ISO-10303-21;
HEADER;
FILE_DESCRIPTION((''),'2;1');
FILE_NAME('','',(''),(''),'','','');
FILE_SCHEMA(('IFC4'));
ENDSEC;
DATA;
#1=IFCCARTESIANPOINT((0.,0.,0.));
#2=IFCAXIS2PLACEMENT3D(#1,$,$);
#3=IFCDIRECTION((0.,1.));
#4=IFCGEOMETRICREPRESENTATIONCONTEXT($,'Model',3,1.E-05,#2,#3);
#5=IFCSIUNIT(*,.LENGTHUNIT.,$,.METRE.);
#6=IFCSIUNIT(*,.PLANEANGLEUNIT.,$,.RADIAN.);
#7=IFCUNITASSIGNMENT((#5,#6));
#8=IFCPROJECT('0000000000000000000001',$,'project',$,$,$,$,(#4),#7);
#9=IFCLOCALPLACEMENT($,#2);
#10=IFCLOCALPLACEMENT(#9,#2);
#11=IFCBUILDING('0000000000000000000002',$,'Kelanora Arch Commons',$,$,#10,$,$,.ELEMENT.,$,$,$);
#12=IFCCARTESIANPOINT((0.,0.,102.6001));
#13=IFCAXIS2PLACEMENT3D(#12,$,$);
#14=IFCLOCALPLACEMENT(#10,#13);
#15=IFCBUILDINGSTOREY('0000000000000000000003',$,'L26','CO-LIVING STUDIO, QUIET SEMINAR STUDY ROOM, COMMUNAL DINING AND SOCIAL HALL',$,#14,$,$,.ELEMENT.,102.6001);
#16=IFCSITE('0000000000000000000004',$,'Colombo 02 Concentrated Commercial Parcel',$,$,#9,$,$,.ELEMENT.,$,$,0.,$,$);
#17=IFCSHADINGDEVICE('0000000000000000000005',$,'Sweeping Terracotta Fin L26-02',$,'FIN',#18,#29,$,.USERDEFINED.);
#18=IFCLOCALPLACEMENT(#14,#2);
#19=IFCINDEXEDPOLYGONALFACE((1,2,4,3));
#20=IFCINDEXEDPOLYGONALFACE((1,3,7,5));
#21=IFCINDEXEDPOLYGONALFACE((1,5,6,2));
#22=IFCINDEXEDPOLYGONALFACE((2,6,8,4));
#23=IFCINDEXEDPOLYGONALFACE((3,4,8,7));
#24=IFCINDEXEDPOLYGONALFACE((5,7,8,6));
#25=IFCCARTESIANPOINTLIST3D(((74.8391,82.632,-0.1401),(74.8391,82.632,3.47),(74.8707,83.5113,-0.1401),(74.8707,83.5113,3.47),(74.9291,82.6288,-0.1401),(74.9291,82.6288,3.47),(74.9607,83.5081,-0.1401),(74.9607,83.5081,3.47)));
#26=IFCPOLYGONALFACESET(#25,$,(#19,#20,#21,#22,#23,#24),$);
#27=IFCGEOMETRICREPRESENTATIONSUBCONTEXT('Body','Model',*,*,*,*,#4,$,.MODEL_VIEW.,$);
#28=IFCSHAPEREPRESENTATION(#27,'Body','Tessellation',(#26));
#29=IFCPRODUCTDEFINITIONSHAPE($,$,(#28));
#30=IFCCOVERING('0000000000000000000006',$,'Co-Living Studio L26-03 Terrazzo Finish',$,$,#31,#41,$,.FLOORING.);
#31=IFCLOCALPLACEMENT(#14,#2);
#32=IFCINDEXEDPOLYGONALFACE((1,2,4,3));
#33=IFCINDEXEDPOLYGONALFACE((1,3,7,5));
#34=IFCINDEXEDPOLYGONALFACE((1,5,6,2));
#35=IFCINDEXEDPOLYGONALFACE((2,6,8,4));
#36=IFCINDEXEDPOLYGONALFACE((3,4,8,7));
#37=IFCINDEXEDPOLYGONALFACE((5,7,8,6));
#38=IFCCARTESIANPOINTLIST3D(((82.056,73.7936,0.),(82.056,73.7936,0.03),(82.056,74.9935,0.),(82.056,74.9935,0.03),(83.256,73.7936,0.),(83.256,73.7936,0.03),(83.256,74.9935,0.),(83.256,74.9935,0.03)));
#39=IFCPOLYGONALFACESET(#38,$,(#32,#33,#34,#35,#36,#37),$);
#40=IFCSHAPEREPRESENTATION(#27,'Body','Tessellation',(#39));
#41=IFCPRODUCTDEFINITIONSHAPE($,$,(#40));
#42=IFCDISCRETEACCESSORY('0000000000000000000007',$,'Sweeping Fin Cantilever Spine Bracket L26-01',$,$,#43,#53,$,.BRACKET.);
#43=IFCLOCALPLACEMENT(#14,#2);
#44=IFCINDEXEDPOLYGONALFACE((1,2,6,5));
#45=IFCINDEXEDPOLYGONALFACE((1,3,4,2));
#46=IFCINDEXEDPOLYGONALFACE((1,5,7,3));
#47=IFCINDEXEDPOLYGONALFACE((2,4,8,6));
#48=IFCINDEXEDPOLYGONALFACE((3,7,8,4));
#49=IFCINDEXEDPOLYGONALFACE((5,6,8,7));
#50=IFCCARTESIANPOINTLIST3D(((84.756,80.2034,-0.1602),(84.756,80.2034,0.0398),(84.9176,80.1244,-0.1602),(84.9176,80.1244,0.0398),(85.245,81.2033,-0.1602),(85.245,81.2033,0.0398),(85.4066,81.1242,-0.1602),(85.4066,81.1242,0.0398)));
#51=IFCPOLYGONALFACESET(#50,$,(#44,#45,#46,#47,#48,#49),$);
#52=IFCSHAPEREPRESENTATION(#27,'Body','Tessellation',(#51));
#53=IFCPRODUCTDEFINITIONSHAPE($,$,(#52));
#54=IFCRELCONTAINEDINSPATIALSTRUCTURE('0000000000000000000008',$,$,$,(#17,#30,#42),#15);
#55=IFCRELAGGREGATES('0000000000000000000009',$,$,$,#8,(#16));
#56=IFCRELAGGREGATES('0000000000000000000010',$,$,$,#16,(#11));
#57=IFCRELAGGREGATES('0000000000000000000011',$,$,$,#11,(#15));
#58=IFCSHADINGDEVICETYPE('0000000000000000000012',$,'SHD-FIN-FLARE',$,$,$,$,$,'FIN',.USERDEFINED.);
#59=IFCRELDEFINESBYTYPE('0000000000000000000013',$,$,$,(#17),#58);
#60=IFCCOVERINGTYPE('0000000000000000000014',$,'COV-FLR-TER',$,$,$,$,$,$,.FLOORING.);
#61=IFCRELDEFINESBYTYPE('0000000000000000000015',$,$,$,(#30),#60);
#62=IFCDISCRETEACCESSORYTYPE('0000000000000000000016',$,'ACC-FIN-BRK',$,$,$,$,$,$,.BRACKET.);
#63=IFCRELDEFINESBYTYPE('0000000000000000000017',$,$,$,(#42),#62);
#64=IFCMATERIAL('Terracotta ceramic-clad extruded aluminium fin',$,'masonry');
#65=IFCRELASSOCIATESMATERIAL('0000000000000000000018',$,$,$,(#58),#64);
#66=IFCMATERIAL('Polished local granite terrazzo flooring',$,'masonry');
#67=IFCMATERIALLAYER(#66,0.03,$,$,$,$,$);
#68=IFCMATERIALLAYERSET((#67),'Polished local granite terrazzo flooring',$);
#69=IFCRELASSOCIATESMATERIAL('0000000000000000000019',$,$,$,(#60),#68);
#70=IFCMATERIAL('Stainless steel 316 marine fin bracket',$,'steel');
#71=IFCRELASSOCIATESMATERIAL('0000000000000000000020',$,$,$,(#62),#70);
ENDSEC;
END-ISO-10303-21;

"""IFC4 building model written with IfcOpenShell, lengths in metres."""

from ifc_helpers import new_model, si_unit, direction, frame, origin, origin_2d, place, context, subcontext, project, spatial, rectangle, extrude, source, transform, mapped, material, layer, layer_set, type_object, element, save


model = new_model("IFC4")

# Units and contexts
model_context = context("Model", 3, precision=1e-05, world=origin(), true_north=direction((0.0, 1.0)))
body_context = subcontext(model_context, "Body", "Model", "MODEL_VIEW")
ifc_project = project(units=[si_unit("LENGTHUNIT", "METRE"), si_unit("PLANEANGLEUNIT", "RADIAN")], contexts=[model_context])

# Site, building, storey
site_placement = place(None, origin())
site = spatial("IfcSite", under=ifc_project, at=site_placement, Name="Colombo 02 Concentrated Commercial Parcel", CompositionType="ELEMENT", RefElevation=0.0)
building_placement = place(site_placement, origin())
building = spatial("IfcBuilding", under=site, at=building_placement, Name="Kelanora Arch Commons", CompositionType="ELEMENT")
storey_placement = place(building_placement, frame((0.0, 0.0, 102.6001)))
storey = spatial("IfcBuildingStorey", under=building, at=storey_placement, Name="L26", Description="CO-LIVING STUDIO, QUIET SEMINAR STUDY ROOM, COMMUNAL DINING AND SOCIAL HALL", CompositionType="ELEMENT", Elevation=102.6001)

# Shading device
ifc_material_1 = material(Name="Terracotta ceramic-clad extruded aluminium fin", Category="masonry")
shading_device_type = type_object("IfcShadingDeviceType", Name="SHD-FIN-FLARE", ElementType="FIN", PredefinedType="USERDEFINED", material=ifc_material_1)
shared_shape_1 = source(origin(), body_context, "Body", "SweptSolid", [
    extrude(rectangle(XDim=0.8799, YDim=0.0901, at=origin_2d()), origin(), (0.0, 0.0, 1.0), 3.6101),
])
for number, where, z_axis, x_axis, name in (
    (1, (74.8999, 83.0701, -0.1401), (0.0, 0.0, 1.0), (0.035946, 0.999354, 0.0), "Sweeping Terracotta Fin L26-02"),
):
    element("IfcShadingDevice", number, at=place(storey_placement, frame(where, z_axis=z_axis, x_axis=x_axis)), inside=storey, type_object=shading_device_type, Name=name, ObjectType="FIN", PredefinedType="USERDEFINED", context=body_context, shape_type="MappedRepresentation", body=[
        mapped(shared_shape_1, transform((0.0, 0.0, 0.0), scale=1.0)),
    ])

# Covering
ifc_material_2 = material(Name="Polished local granite terrazzo flooring", Category="masonry")
ifc_layer_1 = layer(ifc_material_2, 0.03)
ifc_layer_set_1 = layer_set([ifc_layer_1], Name="Polished local granite terrazzo flooring")
covering_type = type_object("IfcCoveringType", Name="COV-FLR-TER", PredefinedType="FLOORING", material=ifc_layer_set_1)
shared_shape_2 = source(origin(), body_context, "Body", "SweptSolid", [
    extrude(rectangle(XDim=1.2, YDim=1.2, at=origin_2d()), origin(), (0.0, 0.0, 1.0), 0.03),
])
covering_placement = place(storey_placement, frame((82.656, 74.3936, 0.0), z_axis=(0.0, 0.0, 1.0), x_axis=(1.0, 0.0, 0.0)))
element("IfcCovering", 2, at=covering_placement, inside=storey, type_object=covering_type, Name="Co-Living Studio L26-03 Terrazzo Finish", PredefinedType="FLOORING", context=body_context, shape_type="MappedRepresentation", body=[
    mapped(shared_shape_2, transform((0.0, 0.0, 0.0), scale=1.0)),
])

# Discrete accessory
ifc_material_3 = material(Name="Stainless steel 316 marine fin bracket", Category="steel")
discrete_accessory_type = type_object("IfcDiscreteAccessoryType", Name="ACC-FIN-BRK", PredefinedType="BRACKET", material=ifc_material_3)
shared_shape_3 = source(origin(), body_context, "Body", "SweptSolid", [
    extrude(rectangle(XDim=1.113, YDim=0.1799, at=origin_2d()), origin(), (0.0, 0.0, 1.0), 0.2),
])
discrete_accessory_placement = place(storey_placement, frame((85.0813, 80.6638, -0.1602), z_axis=(0.0, 0.0, 1.0), x_axis=(0.439312, 0.898334, 0.0)))
element("IfcDiscreteAccessory", 3, at=discrete_accessory_placement, inside=storey, type_object=discrete_accessory_type, Name="Sweeping Fin Cantilever Spine Bracket L26-01", PredefinedType="BRACKET", context=body_context, shape_type="MappedRepresentation", body=[
    mapped(shared_shape_3, transform((0.0, 0.0, 0.0), scale=1.0)),
])

save(model, "model.ifc")
